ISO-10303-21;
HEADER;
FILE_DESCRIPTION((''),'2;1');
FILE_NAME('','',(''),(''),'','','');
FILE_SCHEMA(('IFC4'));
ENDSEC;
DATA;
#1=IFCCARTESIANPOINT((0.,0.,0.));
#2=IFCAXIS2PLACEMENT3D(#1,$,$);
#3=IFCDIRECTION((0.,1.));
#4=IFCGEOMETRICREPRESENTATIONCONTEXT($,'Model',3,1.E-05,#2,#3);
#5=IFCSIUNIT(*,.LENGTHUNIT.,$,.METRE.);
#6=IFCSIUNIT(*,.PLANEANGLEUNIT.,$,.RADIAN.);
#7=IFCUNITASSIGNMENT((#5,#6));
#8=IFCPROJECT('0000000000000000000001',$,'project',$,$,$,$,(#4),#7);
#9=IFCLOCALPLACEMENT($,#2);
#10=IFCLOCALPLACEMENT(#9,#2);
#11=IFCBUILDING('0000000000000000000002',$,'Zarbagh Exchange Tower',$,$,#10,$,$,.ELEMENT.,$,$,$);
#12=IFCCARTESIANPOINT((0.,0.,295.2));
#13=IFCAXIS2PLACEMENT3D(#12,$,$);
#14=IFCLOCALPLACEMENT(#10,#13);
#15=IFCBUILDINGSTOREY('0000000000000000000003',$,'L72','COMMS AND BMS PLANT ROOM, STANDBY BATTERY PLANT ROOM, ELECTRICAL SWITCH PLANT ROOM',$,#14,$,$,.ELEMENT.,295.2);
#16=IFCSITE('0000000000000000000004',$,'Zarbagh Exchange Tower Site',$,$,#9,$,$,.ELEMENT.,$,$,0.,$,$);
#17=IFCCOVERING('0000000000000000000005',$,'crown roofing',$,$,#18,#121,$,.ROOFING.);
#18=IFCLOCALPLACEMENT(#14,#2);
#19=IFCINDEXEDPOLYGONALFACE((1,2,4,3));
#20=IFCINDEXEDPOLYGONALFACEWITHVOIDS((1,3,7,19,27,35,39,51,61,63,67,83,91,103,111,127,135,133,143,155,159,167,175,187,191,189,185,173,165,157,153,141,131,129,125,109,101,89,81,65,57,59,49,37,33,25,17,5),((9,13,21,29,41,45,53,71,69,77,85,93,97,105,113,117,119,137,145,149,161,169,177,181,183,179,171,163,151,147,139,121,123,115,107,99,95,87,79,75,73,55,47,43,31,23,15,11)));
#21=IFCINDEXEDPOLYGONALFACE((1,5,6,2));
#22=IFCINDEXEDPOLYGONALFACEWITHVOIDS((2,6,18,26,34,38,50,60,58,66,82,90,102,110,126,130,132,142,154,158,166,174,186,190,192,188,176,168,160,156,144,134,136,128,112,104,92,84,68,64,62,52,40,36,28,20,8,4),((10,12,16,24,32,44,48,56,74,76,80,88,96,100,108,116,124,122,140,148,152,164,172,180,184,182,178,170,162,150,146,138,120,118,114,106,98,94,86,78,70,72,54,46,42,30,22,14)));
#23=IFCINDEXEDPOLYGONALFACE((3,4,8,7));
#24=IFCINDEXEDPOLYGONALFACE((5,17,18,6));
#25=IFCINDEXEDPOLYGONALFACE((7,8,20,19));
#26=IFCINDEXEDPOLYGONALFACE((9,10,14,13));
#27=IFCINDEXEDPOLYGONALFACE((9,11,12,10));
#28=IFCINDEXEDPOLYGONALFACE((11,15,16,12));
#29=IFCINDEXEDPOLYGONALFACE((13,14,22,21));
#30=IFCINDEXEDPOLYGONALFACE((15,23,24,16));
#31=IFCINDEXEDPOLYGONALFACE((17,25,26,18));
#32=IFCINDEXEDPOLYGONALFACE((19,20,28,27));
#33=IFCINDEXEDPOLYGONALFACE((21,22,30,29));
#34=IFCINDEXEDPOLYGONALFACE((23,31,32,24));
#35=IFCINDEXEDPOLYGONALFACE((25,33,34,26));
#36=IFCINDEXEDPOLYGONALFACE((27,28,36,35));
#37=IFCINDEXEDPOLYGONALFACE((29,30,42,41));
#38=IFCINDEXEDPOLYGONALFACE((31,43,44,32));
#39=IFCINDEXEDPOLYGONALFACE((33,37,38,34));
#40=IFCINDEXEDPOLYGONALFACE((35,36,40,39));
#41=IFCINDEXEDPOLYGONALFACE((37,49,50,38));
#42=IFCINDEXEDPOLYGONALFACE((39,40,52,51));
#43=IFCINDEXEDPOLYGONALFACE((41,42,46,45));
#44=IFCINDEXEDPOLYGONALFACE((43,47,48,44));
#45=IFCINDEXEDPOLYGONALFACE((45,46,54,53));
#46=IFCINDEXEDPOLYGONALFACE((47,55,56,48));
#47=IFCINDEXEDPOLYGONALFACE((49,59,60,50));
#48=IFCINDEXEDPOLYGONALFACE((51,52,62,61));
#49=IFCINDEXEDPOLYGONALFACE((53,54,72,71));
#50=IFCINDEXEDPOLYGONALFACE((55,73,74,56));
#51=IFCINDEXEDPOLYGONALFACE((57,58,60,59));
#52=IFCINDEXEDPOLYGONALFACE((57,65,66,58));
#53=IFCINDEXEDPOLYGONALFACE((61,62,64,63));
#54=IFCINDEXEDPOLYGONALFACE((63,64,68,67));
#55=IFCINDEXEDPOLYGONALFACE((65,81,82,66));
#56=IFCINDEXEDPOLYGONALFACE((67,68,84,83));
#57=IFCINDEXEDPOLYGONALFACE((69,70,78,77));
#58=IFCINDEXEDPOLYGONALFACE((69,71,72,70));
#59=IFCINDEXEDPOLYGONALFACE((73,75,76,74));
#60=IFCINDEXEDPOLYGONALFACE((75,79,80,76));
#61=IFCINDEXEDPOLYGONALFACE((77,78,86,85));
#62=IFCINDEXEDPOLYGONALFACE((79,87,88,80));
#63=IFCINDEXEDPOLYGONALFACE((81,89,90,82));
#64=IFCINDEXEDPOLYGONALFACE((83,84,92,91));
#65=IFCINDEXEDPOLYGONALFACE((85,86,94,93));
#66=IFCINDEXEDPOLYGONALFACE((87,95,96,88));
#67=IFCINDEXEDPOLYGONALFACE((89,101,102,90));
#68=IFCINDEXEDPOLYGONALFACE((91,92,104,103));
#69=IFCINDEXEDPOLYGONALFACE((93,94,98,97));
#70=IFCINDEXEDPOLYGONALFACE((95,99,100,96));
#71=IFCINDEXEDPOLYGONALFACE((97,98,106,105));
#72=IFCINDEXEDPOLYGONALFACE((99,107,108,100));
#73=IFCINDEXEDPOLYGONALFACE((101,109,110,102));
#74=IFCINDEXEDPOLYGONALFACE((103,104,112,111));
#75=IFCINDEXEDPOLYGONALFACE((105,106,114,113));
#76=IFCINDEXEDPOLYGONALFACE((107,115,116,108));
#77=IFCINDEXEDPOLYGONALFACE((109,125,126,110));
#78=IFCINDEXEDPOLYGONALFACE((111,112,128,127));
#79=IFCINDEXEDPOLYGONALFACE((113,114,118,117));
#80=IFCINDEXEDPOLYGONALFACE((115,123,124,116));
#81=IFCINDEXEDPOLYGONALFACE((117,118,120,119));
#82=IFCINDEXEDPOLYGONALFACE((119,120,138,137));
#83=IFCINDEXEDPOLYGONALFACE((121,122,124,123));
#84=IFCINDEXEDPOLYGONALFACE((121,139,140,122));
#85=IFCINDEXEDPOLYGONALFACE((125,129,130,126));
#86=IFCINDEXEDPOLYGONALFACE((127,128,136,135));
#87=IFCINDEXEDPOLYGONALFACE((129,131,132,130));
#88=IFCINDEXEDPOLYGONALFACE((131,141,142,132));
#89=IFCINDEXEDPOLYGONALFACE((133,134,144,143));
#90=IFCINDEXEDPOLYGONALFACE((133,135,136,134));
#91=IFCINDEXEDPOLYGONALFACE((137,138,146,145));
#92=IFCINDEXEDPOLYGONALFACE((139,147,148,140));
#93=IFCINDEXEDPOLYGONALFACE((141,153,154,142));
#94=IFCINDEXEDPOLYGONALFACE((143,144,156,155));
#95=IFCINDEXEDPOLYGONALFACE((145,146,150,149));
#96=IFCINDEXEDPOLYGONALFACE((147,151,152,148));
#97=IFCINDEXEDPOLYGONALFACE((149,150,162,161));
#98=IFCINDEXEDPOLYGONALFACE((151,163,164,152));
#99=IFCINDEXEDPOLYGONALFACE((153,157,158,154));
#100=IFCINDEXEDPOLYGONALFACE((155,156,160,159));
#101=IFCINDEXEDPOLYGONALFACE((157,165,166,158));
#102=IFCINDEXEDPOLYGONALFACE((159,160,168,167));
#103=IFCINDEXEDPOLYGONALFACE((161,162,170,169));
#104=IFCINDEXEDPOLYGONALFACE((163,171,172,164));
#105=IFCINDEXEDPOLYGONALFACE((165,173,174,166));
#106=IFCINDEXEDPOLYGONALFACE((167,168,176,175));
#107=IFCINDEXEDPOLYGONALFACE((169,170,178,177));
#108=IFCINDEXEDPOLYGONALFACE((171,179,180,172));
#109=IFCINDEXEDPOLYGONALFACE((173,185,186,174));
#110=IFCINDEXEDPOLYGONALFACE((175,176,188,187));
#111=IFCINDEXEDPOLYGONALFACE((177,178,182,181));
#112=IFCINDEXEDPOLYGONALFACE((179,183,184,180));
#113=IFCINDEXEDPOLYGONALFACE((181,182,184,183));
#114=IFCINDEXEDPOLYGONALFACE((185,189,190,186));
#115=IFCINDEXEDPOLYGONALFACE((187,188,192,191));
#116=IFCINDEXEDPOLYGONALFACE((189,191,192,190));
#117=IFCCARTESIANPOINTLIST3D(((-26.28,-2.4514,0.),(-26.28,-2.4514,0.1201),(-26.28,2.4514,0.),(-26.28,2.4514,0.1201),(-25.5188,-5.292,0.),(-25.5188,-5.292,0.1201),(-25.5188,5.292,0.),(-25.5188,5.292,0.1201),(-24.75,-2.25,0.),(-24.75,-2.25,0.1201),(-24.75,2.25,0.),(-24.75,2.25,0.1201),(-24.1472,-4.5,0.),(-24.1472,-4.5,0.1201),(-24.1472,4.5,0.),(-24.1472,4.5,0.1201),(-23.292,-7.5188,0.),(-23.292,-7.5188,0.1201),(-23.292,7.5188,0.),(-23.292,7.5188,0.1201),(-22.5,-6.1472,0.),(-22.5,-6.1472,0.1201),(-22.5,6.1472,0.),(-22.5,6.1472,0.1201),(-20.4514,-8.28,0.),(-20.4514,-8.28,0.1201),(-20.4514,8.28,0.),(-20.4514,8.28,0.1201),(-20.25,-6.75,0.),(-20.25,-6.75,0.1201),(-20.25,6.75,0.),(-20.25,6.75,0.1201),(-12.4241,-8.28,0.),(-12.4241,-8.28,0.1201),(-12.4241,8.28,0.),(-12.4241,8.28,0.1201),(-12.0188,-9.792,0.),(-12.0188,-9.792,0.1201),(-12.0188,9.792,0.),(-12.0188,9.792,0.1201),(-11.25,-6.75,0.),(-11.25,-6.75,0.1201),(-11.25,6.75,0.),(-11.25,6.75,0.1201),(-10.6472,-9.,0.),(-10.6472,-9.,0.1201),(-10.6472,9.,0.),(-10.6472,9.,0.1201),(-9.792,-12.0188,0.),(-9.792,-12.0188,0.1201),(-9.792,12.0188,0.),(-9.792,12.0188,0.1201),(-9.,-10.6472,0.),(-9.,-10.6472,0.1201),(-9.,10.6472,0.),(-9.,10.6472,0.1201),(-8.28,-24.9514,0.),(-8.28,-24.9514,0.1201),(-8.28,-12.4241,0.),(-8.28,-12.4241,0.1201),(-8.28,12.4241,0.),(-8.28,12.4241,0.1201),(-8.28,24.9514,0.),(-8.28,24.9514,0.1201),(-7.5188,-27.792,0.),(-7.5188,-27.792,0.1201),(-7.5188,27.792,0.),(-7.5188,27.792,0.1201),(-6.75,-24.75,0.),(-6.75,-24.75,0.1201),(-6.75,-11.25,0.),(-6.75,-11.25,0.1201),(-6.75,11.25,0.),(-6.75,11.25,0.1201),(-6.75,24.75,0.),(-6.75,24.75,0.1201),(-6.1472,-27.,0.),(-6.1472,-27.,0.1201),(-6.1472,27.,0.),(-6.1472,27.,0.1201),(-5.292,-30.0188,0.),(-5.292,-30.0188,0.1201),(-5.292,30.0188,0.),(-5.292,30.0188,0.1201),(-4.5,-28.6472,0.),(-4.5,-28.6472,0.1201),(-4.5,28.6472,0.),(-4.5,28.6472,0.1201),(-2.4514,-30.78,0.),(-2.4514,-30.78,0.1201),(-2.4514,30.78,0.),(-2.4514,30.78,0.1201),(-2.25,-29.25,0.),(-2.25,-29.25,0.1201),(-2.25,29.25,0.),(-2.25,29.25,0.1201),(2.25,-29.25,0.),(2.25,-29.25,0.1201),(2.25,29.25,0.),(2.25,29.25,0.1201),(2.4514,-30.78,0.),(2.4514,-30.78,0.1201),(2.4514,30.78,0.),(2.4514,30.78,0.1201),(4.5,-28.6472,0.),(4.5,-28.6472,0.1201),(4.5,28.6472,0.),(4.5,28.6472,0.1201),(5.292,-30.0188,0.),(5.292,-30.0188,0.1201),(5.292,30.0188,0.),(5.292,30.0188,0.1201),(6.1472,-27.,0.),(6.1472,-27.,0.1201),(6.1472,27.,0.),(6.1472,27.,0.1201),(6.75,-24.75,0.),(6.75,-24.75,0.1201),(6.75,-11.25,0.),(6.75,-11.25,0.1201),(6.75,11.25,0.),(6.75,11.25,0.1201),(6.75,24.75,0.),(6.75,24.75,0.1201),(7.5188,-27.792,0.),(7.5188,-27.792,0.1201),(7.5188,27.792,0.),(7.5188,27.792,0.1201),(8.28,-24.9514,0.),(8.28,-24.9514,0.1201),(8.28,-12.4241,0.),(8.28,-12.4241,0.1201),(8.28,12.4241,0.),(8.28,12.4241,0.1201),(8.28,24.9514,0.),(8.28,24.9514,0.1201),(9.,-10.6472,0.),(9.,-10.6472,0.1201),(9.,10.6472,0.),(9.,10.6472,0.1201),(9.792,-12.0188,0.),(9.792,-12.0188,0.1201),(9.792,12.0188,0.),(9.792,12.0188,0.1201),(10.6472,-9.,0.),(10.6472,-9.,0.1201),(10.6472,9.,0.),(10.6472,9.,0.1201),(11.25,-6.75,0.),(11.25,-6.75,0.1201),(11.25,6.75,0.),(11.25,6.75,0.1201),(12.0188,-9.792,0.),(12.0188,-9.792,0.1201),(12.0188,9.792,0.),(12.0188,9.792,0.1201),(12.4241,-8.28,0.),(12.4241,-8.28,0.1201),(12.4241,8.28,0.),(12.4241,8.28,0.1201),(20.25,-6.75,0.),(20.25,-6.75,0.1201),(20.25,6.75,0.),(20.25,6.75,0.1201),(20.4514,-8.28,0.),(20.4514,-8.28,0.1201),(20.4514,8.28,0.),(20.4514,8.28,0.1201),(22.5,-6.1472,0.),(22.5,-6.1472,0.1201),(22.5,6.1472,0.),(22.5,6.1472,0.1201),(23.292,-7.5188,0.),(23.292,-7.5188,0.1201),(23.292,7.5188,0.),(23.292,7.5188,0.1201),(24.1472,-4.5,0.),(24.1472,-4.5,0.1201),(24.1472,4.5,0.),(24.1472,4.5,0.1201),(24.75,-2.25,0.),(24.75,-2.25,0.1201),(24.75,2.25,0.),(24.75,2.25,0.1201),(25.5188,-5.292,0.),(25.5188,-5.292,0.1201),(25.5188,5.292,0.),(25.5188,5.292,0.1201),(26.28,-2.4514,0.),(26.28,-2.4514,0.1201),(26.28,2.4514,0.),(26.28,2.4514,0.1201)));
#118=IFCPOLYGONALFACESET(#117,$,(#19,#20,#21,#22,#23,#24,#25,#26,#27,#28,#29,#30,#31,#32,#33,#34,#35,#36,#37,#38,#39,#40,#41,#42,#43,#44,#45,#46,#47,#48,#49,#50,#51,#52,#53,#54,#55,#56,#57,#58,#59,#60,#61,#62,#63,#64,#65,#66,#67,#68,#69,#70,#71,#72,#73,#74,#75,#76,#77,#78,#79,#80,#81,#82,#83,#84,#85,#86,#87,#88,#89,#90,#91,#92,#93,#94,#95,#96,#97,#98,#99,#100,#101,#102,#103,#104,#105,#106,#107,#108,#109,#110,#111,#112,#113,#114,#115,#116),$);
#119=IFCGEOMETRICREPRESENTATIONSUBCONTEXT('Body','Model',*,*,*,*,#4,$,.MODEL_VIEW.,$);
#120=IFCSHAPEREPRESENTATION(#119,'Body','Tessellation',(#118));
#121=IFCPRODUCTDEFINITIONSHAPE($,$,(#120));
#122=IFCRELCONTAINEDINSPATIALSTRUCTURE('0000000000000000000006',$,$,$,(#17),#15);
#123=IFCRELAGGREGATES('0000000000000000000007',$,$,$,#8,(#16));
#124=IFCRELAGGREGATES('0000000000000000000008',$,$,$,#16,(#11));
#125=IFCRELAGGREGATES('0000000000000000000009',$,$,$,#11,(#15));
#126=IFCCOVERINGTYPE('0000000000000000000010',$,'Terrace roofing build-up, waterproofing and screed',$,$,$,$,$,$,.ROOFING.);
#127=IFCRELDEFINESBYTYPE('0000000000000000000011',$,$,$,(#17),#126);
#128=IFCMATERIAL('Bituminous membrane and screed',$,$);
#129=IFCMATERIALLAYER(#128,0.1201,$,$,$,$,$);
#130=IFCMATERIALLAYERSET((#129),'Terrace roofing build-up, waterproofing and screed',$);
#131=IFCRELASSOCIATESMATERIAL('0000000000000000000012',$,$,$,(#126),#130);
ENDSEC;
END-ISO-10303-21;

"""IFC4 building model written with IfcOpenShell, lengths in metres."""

from ifc_helpers import new_model, si_unit, direction, frame, origin, place, context, subcontext, project, spatial, polyline, outline, extrude, material, layer, layer_set, type_object, element, save


model = new_model("IFC4")

# Units and contexts
model_context = context("Model", 3, precision=1e-05, world=origin(), true_north=direction((0.0, 1.0)))
body_context = subcontext(model_context, "Body", "Model", "MODEL_VIEW")
ifc_project = project(units=[si_unit("LENGTHUNIT", "METRE"), si_unit("PLANEANGLEUNIT", "RADIAN")], contexts=[model_context])

# Site, building, storey
site_placement = place(None, origin())
site = spatial("IfcSite", under=ifc_project, at=site_placement, Name="Zarbagh Exchange Tower Site", CompositionType="ELEMENT", RefElevation=0.0)
building_placement = place(site_placement, origin())
building = spatial("IfcBuilding", under=site, at=building_placement, Name="Zarbagh Exchange Tower", CompositionType="ELEMENT")
storey_placement = place(building_placement, frame((0.0, 0.0, 295.2)))
storey = spatial("IfcBuildingStorey", under=building, at=storey_placement, Name="L72", Description="COMMS AND BMS PLANT ROOM, STANDBY BATTERY PLANT ROOM, ELECTRICAL SWITCH PLANT ROOM", CompositionType="ELEMENT", Elevation=295.2)

# Covering
ifc_material_1 = material(Name="Bituminous membrane and screed")
ifc_layer_1 = layer(ifc_material_1, 0.1201)
ifc_layer_set_1 = layer_set([ifc_layer_1], Name="Terrace roofing build-up, waterproofing and screed")
covering_type = type_object("IfcCoveringType", Name="Terrace roofing build-up, waterproofing and screed", PredefinedType="ROOFING", material=ifc_layer_set_1)
covering_placement = place(storey_placement, origin())
element("IfcCovering", 1, at=covering_placement, inside=storey, type_object=covering_type, Name="crown roofing", PredefinedType="ROOFING", context=body_context, shape_type="SweptSolid", body=[
    extrude(outline(polyline([(-8.28, 24.9514), (-7.5188, 27.792), (-5.292, 30.0188), (-2.4514, 30.78), (2.4514, 30.78), (5.292, 30.0188), (7.5188, 27.792), (8.28, 24.9514), (8.28, 12.4241), (9.792, 12.0188), (12.0188, 9.792), (12.4241, 8.28), (20.4514, 8.28), (23.292, 7.5188), (25.5188, 5.292), (26.28, 2.4514), (26.28, -2.4514), (25.5188, -5.292), (23.292, -7.5188), (20.4514, -8.28), (12.4241, -8.28), (12.0188, -9.792), (9.792, -12.0188), (8.28, -12.4241), (8.28, -24.9514), (7.5188, -27.792), (5.292, -30.0188), (2.4514, -30.78), (-2.4514, -30.78), (-5.292, -30.0188), (-7.5188, -27.792), (-8.28, -24.9514), (-8.28, -12.4241), (-9.792, -12.0188), (-12.0188, -9.792), (-12.4241, -8.28), (-20.4514, -8.28), (-23.292, -7.5188), (-25.5188, -5.292), (-26.28, -2.4514), (-26.28, 2.4514), (-25.5188, 5.292), (-23.292, 7.5188), (-20.4514, 8.28), (-12.4241, 8.28), (-12.0188, 9.792), (-9.792, 12.0188), (-8.28, 12.4241), (-8.28, 24.9514)]), holes=[polyline([(6.1472, -27.0), (6.75, -24.75), (6.75, -11.25), (9.0, -10.6472), (10.6472, -9.0), (11.25, -6.75), (20.25, -6.75), (22.5, -6.1472), (24.1472, -4.5), (24.75, -2.25), (24.75, 2.25), (24.1472, 4.5), (22.5, 6.1472), (20.25, 6.75), (11.25, 6.75), (10.6472, 9.0), (9.0, 10.6472), (6.75, 11.25), (6.75, 24.75), (6.1472, 27.0), (4.5, 28.6472), (2.25, 29.25), (-2.25, 29.25), (-4.5, 28.6472), (-6.1472, 27.0), (-6.75, 24.75), (-6.75, 11.25), (-9.0, 10.6472), (-10.6472, 9.0), (-11.25, 6.75), (-20.25, 6.75), (-22.5, 6.1472), (-24.1472, 4.5), (-24.75, 2.25), (-24.75, -2.25), (-24.1472, -4.5), (-22.5, -6.1472), (-20.25, -6.75), (-11.25, -6.75), (-10.6472, -9.0), (-9.0, -10.6472), (-6.75, -11.25), (-6.75, -24.75), (-6.1472, -27.0), (-4.5, -28.6472), (-2.25, -29.25), (2.25, -29.25), (4.5, -28.6472), (6.1472, -27.0)])]), origin(), (0.0, 0.0, 1.0), 0.1201),
])

save(model, "model.ifc")
